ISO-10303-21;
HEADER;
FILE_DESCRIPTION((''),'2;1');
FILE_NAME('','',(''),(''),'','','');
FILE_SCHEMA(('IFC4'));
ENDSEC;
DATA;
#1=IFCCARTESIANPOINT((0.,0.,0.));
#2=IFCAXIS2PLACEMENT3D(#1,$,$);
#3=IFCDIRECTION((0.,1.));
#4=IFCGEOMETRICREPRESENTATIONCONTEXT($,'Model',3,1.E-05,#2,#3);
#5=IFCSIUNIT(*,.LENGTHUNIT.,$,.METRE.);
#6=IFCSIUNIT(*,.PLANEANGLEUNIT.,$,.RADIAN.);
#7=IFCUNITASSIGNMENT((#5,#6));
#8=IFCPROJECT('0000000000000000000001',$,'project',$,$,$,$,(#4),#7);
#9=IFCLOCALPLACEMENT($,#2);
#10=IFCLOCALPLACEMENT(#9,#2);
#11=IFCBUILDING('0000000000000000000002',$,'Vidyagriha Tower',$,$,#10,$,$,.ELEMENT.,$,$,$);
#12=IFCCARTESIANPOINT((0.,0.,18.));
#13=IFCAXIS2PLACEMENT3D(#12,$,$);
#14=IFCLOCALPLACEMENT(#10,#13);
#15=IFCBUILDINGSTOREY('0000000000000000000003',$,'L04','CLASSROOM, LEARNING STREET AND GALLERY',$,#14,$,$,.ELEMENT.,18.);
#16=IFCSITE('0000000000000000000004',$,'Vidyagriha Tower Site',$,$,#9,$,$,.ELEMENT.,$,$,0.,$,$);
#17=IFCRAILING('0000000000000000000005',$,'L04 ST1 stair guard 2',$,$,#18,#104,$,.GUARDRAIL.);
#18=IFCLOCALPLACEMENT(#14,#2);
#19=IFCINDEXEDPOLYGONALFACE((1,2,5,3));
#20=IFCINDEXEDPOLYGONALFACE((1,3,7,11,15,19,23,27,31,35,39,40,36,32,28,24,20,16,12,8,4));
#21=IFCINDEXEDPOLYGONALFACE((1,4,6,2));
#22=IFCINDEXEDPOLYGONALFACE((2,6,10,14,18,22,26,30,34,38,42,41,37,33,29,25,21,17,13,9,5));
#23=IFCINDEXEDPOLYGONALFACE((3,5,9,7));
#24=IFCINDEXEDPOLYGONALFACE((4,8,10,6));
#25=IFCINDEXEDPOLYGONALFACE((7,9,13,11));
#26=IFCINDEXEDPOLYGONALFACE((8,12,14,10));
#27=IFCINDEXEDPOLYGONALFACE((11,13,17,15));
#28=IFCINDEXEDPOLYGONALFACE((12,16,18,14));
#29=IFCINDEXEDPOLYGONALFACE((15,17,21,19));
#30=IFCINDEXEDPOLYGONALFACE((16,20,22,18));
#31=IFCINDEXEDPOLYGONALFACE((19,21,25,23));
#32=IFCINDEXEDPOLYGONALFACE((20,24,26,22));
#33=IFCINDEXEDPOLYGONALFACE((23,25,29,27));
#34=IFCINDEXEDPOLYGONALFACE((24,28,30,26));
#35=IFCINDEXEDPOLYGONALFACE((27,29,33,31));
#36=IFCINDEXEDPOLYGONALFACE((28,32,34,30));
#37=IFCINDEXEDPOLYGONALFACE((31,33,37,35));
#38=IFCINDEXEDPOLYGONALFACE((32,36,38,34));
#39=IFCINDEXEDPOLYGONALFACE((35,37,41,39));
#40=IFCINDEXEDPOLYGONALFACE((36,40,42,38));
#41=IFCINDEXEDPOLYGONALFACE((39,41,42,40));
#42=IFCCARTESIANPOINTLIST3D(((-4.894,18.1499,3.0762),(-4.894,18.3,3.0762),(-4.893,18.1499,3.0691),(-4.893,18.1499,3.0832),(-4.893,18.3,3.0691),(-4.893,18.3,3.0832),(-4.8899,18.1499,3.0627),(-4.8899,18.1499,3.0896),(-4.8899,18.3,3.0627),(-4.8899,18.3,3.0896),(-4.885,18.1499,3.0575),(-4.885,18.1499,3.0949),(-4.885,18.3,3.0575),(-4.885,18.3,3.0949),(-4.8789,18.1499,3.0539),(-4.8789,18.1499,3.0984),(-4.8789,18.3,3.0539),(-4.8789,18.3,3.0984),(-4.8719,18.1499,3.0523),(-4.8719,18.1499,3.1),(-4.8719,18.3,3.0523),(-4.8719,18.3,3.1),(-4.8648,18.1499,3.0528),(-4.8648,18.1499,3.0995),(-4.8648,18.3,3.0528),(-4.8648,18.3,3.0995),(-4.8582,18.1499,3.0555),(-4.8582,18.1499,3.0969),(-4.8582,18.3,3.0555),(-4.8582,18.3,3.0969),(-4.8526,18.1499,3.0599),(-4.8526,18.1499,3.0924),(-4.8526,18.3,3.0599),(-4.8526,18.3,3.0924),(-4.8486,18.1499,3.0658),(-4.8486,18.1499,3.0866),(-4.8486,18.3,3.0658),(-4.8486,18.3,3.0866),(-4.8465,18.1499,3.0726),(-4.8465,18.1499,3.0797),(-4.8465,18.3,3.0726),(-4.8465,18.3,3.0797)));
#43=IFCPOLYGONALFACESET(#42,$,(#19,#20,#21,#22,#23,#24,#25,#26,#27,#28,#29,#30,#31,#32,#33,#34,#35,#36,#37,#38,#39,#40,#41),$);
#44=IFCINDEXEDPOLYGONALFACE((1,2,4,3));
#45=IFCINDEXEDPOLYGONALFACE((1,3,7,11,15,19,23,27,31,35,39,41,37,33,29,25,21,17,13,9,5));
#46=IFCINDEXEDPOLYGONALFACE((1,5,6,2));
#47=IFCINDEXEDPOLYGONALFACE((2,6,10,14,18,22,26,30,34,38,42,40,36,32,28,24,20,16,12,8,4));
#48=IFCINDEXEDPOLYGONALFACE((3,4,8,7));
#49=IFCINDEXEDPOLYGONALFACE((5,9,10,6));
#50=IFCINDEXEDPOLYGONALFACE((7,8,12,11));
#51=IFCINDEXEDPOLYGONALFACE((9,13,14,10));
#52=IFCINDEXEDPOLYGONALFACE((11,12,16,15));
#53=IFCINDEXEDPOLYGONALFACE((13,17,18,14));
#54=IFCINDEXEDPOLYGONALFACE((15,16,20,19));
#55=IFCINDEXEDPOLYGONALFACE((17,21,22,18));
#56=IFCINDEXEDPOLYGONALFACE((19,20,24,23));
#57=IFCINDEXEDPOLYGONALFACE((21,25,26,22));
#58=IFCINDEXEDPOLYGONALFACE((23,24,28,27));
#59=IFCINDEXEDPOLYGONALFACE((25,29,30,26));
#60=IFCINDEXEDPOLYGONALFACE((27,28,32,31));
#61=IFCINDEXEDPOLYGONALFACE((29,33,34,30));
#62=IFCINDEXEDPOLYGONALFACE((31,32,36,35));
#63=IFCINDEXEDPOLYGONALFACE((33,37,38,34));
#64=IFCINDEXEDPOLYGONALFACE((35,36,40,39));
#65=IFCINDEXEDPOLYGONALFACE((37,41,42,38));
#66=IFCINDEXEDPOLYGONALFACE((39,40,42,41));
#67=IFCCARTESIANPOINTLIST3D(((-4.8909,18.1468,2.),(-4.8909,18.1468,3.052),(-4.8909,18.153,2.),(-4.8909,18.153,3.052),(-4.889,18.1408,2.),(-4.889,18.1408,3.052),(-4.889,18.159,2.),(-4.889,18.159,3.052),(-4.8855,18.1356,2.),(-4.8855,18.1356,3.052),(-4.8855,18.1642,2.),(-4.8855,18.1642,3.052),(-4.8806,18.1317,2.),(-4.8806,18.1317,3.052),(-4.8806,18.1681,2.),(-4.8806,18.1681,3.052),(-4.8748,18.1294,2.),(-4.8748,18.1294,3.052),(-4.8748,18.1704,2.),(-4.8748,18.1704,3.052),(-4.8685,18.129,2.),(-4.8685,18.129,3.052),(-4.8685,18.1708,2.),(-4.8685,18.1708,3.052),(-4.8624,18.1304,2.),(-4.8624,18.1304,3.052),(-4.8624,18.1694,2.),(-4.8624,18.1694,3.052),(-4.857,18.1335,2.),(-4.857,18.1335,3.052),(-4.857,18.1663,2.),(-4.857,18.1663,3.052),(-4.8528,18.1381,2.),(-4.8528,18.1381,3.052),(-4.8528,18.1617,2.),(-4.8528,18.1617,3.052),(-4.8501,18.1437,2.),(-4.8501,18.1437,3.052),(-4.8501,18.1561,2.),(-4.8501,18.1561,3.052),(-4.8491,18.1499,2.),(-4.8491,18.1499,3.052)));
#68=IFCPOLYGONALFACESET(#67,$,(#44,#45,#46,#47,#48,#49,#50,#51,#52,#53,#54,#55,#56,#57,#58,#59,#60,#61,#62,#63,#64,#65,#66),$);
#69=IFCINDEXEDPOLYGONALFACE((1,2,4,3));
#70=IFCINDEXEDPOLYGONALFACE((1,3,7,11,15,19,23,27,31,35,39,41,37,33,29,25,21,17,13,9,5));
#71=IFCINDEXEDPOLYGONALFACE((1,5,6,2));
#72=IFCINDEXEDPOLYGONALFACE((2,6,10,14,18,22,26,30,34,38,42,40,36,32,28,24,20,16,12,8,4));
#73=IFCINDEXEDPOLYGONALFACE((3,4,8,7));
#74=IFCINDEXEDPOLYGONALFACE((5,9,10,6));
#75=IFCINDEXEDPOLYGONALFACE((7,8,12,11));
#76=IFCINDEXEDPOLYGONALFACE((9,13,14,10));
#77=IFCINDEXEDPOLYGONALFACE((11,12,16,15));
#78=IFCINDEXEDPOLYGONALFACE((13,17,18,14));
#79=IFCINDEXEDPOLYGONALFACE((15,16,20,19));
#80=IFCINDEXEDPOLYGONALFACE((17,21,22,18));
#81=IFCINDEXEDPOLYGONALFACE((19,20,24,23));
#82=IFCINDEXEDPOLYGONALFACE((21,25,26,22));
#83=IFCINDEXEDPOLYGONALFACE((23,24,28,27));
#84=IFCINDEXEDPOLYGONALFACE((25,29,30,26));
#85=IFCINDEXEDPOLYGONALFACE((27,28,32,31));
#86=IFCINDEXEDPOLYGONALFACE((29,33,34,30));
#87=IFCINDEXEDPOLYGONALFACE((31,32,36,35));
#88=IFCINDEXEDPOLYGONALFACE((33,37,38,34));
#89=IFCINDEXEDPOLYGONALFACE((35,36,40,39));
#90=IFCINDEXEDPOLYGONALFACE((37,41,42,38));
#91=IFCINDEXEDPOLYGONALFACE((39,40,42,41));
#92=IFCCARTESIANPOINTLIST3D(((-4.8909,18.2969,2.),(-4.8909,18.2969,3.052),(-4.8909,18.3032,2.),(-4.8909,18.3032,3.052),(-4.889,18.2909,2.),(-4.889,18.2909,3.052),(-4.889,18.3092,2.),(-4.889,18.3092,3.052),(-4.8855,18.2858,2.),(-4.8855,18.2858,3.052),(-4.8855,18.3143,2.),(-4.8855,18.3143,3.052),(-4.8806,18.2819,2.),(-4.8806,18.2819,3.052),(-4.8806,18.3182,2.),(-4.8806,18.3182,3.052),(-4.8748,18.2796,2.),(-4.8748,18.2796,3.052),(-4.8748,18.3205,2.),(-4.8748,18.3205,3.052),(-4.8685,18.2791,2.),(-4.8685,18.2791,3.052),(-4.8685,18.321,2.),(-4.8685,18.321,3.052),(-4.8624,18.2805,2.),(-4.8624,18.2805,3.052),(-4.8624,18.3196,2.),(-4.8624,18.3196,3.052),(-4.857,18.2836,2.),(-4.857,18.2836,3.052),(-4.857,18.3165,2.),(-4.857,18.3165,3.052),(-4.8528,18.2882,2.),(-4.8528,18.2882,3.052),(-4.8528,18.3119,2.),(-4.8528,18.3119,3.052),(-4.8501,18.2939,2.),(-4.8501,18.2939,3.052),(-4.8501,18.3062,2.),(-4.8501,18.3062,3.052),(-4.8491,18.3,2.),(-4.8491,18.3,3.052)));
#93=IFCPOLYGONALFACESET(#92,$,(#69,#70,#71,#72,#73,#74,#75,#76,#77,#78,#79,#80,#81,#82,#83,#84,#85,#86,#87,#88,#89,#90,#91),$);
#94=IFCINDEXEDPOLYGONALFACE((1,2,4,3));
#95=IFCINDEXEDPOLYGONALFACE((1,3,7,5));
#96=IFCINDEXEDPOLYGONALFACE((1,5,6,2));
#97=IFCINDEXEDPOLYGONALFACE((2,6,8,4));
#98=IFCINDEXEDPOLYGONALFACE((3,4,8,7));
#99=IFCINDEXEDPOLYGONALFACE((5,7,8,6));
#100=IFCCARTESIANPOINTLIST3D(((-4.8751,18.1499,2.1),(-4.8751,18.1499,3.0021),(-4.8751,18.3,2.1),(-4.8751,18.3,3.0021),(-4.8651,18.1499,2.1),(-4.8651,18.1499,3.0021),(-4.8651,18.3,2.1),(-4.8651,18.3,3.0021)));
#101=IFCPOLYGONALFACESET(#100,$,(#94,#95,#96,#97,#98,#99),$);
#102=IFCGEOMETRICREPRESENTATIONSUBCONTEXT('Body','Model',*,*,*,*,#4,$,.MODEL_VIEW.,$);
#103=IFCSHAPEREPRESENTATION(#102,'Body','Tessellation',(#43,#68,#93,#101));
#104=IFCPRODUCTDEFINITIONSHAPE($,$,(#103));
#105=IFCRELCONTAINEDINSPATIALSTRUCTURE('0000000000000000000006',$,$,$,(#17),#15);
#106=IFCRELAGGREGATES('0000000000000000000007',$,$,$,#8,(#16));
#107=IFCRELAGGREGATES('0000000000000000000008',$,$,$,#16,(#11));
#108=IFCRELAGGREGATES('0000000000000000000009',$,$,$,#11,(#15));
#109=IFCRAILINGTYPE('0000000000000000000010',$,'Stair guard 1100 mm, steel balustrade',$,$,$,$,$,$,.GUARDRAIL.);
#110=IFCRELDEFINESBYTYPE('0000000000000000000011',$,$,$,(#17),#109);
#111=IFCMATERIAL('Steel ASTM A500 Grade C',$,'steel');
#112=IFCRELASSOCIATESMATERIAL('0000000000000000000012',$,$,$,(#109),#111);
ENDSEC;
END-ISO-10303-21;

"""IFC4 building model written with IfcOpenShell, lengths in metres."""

from ifc_helpers import new_model, si_unit, direction, frame, origin, origin_2d, place, context, subcontext, project, spatial, rectangle, circle, extrude, material, type_object, element, save


model = new_model("IFC4")

# Units and contexts
model_context = context("Model", 3, precision=1e-05, world=origin(), true_north=direction((0.0, 1.0)))
body_context = subcontext(model_context, "Body", "Model", "MODEL_VIEW")
ifc_project = project(units=[si_unit("LENGTHUNIT", "METRE"), si_unit("PLANEANGLEUNIT", "RADIAN")], contexts=[model_context])

# Site, building, storey
site_placement = place(None, origin())
site = spatial("IfcSite", under=ifc_project, at=site_placement, Name="Vidyagriha Tower Site", CompositionType="ELEMENT", RefElevation=0.0)
building_placement = place(site_placement, origin())
building = spatial("IfcBuilding", under=site, at=building_placement, Name="Vidyagriha Tower", CompositionType="ELEMENT")
storey_placement = place(building_placement, frame((0.0, 0.0, 18.0)))
storey = spatial("IfcBuildingStorey", under=building, at=storey_placement, Name="L04", Description="CLASSROOM, LEARNING STREET AND GALLERY", CompositionType="ELEMENT", Elevation=18.0)

# Railing
ifc_material_1 = material(Name="Steel ASTM A500 Grade C", Category="steel")
railing_type_1 = type_object("IfcRailingType", Name="Stair guard 1100 mm, steel balustrade", PredefinedType="GUARDRAIL", material=ifc_material_1)
railing_1_placement = place(storey_placement, frame((-4.8701, 18.1499, 2.0)))
element("IfcRailing", 1, at=railing_1_placement, inside=storey, type_object=railing_type_1, Name="L04 ST1 stair guard 2", PredefinedType="GUARDRAIL", context=body_context, shape_type="SweptSolid", body=[
    extrude(circle(Radius=0.0239, at=origin_2d()), frame((0.0, 0.0, 1.0762), z_axis=(0.0, 1.0, 0.0), x_axis=(-1.0, 0.0, 0.0)), (0.0, 0.0, 1.0), 0.1501),
    extrude(circle(Radius=0.021, at=origin_2d()), origin(), (0.0, 0.0, 1.0), 1.052),
    extrude(circle(Radius=0.021, at=origin_2d()), frame((0.0, 0.1501, 0.0)), (0.0, 0.0, 1.0), 1.052),
    extrude(rectangle(XDim=0.01, YDim=0.9021, at=origin_2d()), frame((0.0, 0.0, 0.551), z_axis=(0.0, 1.0, 0.0), x_axis=(-1.0, 0.0, 0.0)), (0.0, 0.0, 1.0), 0.1501),
])

save(model, "model.ifc")
